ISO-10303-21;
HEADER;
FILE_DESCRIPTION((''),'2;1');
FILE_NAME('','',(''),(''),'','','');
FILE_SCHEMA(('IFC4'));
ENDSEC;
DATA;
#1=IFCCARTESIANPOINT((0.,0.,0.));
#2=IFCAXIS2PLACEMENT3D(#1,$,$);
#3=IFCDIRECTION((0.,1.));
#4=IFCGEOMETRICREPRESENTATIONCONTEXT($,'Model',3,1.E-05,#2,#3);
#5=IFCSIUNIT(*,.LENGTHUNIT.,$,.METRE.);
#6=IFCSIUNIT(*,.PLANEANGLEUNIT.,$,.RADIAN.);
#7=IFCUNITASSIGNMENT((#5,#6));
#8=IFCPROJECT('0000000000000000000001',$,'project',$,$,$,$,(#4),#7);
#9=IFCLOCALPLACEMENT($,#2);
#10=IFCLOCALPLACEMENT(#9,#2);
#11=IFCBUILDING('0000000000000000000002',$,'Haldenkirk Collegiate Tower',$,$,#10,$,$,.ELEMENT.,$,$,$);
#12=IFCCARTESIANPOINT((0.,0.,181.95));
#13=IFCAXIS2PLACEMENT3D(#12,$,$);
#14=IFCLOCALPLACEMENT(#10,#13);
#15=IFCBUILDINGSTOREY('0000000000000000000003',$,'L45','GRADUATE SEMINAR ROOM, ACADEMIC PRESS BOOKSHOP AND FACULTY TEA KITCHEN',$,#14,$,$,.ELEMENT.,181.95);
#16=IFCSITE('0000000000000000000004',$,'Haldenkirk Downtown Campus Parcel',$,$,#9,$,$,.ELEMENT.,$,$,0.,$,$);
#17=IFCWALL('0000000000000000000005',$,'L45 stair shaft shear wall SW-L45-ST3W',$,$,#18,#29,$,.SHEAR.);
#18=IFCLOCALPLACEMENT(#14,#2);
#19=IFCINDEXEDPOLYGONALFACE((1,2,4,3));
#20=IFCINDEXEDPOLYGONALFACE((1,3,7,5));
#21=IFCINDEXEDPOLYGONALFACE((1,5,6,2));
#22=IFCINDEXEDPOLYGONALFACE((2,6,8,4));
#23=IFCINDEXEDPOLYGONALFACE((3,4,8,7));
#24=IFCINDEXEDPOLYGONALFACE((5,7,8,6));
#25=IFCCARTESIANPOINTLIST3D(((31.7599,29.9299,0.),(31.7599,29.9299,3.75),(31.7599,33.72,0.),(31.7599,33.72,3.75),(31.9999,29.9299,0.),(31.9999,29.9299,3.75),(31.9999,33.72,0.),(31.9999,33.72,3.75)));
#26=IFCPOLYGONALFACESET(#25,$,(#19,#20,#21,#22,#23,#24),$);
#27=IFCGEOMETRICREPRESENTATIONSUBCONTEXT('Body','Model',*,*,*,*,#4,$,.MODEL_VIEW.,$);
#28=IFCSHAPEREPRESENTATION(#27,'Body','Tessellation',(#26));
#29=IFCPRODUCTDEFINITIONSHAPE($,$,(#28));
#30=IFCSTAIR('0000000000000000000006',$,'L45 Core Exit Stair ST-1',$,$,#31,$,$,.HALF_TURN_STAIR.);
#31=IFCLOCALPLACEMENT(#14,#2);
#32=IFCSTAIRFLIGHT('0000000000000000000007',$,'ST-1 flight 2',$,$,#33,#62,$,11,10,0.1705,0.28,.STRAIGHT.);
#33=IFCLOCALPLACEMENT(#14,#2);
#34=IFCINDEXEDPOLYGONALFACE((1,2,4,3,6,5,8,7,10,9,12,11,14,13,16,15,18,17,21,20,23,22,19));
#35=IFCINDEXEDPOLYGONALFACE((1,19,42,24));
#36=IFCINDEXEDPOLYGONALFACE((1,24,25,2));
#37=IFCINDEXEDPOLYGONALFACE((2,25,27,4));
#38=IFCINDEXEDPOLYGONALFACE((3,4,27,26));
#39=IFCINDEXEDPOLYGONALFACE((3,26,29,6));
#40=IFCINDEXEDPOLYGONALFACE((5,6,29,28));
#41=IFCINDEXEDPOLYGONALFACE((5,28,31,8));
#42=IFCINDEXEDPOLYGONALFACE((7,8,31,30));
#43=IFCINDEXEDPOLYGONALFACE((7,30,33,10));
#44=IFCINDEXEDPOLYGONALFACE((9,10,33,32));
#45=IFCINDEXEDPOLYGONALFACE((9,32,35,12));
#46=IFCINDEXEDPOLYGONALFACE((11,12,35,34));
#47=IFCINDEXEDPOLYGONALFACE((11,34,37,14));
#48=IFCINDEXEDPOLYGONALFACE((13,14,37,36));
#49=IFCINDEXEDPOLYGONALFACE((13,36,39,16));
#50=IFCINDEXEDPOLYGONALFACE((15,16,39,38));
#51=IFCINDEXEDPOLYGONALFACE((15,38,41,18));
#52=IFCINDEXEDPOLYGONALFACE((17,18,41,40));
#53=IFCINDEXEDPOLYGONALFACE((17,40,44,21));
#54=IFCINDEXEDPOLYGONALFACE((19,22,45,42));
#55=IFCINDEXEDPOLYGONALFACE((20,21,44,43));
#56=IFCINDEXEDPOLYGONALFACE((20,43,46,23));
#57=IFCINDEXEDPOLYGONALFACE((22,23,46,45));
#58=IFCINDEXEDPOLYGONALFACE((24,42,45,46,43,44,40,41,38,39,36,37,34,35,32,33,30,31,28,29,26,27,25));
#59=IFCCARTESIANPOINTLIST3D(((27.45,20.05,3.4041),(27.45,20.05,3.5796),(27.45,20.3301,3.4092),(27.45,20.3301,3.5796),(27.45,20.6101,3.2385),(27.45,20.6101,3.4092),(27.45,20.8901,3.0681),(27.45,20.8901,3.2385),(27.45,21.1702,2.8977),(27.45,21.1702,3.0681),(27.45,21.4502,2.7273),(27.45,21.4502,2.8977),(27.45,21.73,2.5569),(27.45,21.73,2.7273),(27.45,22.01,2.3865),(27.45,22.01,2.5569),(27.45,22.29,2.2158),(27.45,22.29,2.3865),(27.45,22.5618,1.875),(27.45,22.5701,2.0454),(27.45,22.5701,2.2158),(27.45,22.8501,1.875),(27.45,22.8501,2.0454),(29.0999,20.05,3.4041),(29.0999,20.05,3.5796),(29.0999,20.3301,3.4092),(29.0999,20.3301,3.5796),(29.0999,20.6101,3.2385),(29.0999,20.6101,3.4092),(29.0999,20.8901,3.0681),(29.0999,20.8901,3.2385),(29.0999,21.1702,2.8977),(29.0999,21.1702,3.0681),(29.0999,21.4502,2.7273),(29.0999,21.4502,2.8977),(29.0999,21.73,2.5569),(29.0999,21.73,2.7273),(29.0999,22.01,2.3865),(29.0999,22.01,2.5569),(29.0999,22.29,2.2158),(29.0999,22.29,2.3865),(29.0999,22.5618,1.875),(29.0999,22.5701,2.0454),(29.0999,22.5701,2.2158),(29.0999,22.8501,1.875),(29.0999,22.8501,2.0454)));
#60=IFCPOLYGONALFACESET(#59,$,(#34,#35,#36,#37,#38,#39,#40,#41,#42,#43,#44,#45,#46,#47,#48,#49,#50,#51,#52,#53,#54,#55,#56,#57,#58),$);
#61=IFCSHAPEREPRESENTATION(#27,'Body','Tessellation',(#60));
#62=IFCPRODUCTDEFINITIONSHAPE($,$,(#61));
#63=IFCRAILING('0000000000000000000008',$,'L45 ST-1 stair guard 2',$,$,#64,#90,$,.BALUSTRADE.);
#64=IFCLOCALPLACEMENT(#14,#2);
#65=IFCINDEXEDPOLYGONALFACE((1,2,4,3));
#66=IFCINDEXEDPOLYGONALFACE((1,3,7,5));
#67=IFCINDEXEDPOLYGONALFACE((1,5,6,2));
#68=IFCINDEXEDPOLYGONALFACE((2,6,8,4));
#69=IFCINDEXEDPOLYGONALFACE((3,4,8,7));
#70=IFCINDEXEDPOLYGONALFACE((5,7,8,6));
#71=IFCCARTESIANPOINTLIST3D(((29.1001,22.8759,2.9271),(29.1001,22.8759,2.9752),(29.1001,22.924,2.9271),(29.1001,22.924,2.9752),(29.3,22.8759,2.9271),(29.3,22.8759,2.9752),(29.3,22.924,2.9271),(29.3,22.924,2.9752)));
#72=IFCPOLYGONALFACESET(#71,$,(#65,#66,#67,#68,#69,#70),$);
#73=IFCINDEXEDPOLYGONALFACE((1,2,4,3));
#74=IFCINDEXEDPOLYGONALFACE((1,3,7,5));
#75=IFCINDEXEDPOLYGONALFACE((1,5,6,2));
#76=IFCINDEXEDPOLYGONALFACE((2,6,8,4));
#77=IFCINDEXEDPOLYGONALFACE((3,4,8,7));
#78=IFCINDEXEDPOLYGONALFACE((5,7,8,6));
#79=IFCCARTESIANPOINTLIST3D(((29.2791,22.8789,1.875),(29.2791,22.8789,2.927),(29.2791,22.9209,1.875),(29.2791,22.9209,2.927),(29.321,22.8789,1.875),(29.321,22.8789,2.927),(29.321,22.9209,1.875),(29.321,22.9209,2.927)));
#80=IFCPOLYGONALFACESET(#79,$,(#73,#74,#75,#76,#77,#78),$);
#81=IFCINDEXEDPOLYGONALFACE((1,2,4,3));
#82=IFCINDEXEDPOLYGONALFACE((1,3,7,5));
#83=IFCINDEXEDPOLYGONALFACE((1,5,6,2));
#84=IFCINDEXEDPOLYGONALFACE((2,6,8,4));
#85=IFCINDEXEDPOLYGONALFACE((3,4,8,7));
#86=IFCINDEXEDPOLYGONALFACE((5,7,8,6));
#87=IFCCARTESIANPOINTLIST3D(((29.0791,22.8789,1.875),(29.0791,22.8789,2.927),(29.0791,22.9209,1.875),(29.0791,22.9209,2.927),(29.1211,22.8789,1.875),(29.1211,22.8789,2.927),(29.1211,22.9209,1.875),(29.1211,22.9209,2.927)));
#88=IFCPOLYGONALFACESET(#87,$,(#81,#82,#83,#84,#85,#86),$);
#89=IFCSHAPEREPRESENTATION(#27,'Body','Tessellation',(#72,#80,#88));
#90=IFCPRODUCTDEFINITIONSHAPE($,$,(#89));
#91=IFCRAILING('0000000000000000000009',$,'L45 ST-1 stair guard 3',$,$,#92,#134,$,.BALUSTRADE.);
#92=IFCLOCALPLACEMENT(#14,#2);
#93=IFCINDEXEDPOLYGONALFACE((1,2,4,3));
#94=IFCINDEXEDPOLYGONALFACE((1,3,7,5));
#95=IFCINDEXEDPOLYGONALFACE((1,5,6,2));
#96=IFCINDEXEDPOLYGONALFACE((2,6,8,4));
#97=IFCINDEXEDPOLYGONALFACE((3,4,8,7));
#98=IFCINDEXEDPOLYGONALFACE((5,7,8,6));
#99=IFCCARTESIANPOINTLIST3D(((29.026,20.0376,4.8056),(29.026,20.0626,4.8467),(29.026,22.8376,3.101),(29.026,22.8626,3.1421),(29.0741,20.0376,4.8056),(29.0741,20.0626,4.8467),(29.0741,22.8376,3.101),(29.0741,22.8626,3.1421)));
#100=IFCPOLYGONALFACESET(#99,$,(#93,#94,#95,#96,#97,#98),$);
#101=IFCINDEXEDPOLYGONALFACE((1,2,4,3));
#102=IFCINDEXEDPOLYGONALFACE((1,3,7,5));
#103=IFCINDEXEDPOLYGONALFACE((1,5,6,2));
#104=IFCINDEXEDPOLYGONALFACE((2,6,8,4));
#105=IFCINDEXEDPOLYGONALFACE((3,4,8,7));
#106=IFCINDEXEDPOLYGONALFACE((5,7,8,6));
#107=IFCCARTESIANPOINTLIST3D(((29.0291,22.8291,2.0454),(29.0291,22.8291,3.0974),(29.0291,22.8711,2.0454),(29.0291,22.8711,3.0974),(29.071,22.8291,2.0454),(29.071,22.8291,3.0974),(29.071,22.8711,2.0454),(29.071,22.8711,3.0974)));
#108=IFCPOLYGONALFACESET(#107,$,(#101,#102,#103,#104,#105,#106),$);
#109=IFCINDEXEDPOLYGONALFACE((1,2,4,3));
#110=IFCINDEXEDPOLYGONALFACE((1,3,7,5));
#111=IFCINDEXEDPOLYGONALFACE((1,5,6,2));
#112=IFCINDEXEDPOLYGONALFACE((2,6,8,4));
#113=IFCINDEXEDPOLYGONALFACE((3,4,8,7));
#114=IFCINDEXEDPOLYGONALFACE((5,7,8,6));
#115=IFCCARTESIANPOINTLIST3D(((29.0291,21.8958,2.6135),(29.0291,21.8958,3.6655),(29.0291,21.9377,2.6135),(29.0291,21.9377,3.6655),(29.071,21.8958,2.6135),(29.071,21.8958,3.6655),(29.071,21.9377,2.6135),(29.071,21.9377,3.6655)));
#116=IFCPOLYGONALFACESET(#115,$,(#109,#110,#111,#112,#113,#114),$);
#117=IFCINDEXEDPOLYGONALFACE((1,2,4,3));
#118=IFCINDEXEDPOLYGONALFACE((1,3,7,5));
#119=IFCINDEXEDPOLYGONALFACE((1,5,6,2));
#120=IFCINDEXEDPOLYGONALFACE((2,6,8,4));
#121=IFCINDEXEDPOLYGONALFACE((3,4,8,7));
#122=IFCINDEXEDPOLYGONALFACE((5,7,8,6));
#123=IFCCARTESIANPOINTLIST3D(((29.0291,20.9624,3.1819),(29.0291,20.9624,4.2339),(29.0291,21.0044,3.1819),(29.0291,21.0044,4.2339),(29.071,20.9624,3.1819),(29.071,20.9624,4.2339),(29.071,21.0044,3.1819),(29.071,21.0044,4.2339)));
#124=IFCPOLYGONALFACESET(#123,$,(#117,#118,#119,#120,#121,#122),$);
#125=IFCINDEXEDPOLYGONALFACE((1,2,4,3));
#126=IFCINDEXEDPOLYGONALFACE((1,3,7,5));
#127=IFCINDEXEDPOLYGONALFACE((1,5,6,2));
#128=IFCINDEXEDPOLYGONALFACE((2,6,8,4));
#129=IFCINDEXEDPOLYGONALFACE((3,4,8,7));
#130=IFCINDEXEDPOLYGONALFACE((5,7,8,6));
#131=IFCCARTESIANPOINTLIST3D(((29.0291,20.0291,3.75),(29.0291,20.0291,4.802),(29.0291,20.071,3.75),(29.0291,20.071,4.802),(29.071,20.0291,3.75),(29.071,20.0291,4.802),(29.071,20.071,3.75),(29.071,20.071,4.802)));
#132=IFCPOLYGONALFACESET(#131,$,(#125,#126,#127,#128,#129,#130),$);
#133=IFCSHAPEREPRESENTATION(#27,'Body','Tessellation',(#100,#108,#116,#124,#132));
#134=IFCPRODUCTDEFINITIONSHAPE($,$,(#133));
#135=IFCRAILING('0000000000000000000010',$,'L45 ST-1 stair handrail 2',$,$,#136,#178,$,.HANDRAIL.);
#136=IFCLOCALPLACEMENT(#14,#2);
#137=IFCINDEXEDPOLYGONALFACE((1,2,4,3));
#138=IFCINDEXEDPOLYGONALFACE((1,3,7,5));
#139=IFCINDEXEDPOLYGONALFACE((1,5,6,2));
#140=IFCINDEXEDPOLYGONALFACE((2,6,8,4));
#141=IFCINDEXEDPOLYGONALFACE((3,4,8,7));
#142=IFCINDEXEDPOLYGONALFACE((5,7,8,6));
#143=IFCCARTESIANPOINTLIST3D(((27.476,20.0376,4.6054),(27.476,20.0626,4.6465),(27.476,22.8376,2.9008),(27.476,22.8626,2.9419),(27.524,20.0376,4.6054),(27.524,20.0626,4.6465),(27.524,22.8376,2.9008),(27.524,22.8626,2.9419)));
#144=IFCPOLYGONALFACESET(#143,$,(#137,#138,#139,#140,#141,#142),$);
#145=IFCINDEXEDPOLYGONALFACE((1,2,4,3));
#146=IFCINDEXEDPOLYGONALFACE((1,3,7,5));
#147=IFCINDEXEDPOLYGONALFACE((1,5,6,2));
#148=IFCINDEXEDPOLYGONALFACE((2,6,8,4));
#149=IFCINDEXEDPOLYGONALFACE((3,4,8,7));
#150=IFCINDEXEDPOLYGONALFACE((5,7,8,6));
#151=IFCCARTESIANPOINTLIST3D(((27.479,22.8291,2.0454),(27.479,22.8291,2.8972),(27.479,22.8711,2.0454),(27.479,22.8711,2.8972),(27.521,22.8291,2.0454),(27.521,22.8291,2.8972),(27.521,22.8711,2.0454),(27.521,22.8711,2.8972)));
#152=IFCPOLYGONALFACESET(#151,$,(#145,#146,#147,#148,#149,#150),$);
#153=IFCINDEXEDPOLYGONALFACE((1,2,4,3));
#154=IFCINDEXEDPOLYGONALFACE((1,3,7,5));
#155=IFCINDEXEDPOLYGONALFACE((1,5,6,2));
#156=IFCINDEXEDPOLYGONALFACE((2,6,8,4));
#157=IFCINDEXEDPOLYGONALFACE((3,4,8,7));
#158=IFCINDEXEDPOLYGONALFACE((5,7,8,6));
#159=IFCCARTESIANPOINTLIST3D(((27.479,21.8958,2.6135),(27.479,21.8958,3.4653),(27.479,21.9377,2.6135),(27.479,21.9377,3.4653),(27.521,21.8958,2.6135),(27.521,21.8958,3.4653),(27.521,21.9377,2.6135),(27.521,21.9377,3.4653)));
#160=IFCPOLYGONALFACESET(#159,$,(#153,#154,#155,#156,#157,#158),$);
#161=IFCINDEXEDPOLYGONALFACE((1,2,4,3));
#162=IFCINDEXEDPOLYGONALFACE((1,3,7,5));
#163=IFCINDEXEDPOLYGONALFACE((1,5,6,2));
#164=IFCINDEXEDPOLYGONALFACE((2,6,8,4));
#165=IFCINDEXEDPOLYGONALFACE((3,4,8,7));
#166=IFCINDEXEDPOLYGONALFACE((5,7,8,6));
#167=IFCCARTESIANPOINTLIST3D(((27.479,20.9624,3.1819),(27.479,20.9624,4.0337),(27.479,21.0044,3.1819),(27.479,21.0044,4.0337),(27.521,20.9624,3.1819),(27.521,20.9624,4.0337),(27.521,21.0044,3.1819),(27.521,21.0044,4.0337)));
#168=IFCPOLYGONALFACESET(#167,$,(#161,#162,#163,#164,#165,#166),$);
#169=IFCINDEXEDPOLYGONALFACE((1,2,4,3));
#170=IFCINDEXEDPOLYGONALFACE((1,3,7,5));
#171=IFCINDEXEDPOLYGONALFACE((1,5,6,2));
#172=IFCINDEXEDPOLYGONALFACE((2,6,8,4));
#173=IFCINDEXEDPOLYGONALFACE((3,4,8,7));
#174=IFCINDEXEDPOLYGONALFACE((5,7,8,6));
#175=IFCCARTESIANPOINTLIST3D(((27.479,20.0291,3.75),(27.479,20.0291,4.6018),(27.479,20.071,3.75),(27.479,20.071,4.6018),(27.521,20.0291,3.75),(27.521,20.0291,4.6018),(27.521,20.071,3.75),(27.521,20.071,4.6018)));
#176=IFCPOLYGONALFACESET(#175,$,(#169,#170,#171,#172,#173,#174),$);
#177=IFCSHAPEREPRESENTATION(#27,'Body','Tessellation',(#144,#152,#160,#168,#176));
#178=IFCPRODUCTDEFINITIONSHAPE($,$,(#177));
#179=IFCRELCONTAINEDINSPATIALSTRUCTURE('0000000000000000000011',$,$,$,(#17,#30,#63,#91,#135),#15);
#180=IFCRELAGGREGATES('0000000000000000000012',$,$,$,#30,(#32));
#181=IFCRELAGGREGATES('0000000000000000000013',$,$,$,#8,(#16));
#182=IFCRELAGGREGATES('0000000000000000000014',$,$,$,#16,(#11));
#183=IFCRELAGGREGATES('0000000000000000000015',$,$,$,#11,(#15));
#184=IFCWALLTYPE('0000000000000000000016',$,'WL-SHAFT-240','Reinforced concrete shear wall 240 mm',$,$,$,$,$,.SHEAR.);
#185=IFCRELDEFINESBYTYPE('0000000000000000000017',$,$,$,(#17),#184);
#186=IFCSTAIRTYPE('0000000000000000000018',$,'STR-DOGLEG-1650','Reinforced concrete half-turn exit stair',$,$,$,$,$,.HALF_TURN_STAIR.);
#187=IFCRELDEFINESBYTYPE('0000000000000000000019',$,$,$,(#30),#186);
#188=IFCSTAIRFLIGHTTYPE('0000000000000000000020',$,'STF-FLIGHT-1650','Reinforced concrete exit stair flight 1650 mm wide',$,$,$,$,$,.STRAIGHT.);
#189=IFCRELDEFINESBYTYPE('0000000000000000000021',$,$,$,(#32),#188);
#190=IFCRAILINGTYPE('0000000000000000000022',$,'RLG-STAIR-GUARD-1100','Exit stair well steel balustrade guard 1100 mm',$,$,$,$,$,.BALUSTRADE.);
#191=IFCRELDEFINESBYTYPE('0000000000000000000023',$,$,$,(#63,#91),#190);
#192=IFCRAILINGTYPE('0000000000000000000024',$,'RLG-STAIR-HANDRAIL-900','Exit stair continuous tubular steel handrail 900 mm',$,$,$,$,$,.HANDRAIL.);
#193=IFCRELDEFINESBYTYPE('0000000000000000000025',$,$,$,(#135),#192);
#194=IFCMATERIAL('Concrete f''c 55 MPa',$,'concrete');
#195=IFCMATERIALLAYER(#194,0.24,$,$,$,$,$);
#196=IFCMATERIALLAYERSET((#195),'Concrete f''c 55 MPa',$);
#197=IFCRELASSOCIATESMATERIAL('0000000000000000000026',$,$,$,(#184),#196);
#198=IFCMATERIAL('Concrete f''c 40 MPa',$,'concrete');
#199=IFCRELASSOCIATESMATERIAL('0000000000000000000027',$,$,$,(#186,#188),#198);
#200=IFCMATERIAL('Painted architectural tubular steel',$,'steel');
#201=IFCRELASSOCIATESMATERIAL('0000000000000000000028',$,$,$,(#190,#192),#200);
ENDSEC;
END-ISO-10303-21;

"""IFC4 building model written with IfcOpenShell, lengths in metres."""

from ifc_helpers import new_model, si_unit, direction, frame, frame_2d, origin, origin_2d, place, context, subcontext, project, spatial, polyline, rectangle, outline, extrude, material, layer, layer_set, type_object, element, aggregate, save


model = new_model("IFC4")

# Units and contexts
model_context = context("Model", 3, precision=1e-05, world=origin(), true_north=direction((0.0, 1.0)))
body_context = subcontext(model_context, "Body", "Model", "MODEL_VIEW")
ifc_project = project(units=[si_unit("LENGTHUNIT", "METRE"), si_unit("PLANEANGLEUNIT", "RADIAN")], contexts=[model_context])

# Site, building, storey
site_placement = place(None, origin())
site = spatial("IfcSite", under=ifc_project, at=site_placement, Name="Haldenkirk Downtown Campus Parcel", CompositionType="ELEMENT", RefElevation=0.0)
building_placement = place(site_placement, origin())
building = spatial("IfcBuilding", under=site, at=building_placement, Name="Haldenkirk Collegiate Tower", CompositionType="ELEMENT")
storey_placement = place(building_placement, frame((0.0, 0.0, 181.95)))
storey = spatial("IfcBuildingStorey", under=building, at=storey_placement, Name="L45", Description="GRADUATE SEMINAR ROOM, ACADEMIC PRESS BOOKSHOP AND FACULTY TEA KITCHEN", CompositionType="ELEMENT", Elevation=181.95)

# Shared definitions
ifc_material_1 = material(Name="Concrete f'c 55 MPa", Category="concrete")

# Shared definitions
ifc_layer_1 = layer(ifc_material_1, 0.24)
ifc_layer_set_1 = layer_set([ifc_layer_1], Name="Concrete f'c 55 MPa")
wall_type_1 = type_object("IfcWallType", Name="WL-SHAFT-240", Description="Reinforced concrete shear wall 240 mm", PredefinedType="SHEAR", material=ifc_layer_set_1)

# Wall
wall_1_placement = place(storey_placement, frame((31.8799, 29.9299, 0.0), z_axis=(0.0, 0.0, 1.0), x_axis=(0.0, 1.0, 0.0)))
element("IfcWall", 1, at=wall_1_placement, inside=storey, type_object=wall_type_1, Name="L45 stair shaft shear wall SW-L45-ST3W", PredefinedType="SHEAR", context=body_context, shape_type="SweptSolid", body=[
    extrude(rectangle(XDim=3.79, YDim=0.24, at=frame_2d((1.895, 0.0))), origin(), (0.0, 0.0, 1.0), 3.75),
])

# Stair, stair flight
ifc_material_2 = material(Name="Concrete f'c 40 MPa", Category="concrete")
stair_type = type_object("IfcStairType", Name="STR-DOGLEG-1650", Description="Reinforced concrete half-turn exit stair", PredefinedType="HALF_TURN_STAIR", material=ifc_material_2)
stair_placement = place(storey_placement, origin())
stair = element("IfcStair", 2, at=stair_placement, inside=storey, type_object=stair_type, Name="L45 Core Exit Stair ST-1", PredefinedType="HALF_TURN_STAIR")
stair_flight_type = type_object("IfcStairFlightType", Name="STF-FLIGHT-1650", Description="Reinforced concrete exit stair flight 1650 mm wide", PredefinedType="STRAIGHT", material=ifc_material_2)
stair_flight_placement = place(storey_placement, frame((28.2749, 22.8501, 1.875), z_axis=(0.0, 0.0, 1.0), x_axis=(0.0, -1.0, 0.0)))
stair_flight = element("IfcStairFlight", 3, at=stair_flight_placement, type_object=stair_flight_type, Name="ST-1 flight 2", NumberOfRisers=11, NumberOfTreads=10, PredefinedType="STRAIGHT", RiserHeight=0.1705, TreadLength=0.28, context=body_context, shape_type="SweptSolid", body=[
    extrude(outline(polyline([(0.0, 0.0), (0.0, 0.1704), (0.28, 0.1704), (0.28, 0.3408), (0.5601, 0.3408), (0.5601, 0.5115), (0.8401, 0.5115), (0.8401, 0.6819), (1.1201, 0.6819), (1.1201, 0.8523), (1.3999, 0.8523), (1.3999, 1.0227), (1.6799, 1.0227), (1.6799, 1.1931), (1.96, 1.1931), (1.96, 1.3635), (2.24, 1.3635), (2.24, 1.5342), (2.52, 1.5342), (2.52, 1.7046), (2.8, 1.7046), (2.8, 1.875), (2.8, 1.5291), (0.2883, 0.0), (0.0, 0.0)])), frame((0.0, 0.825, 0.0), z_axis=(0.0, -1.0, 0.0), x_axis=(1.0, 0.0, 0.0)), (0.0, 0.0, 1.0), 1.6499),
])
aggregate(stair, [stair_flight])

# Railings
ifc_material_3 = material(Name="Painted architectural tubular steel", Category="steel")
railing_type_1 = type_object("IfcRailingType", Name="RLG-STAIR-GUARD-1100", Description="Exit stair well steel balustrade guard 1100 mm", PredefinedType="BALUSTRADE", material=ifc_material_3)
railing_1_placement = place(storey_placement, frame((29.3, 22.8999, 1.875)))
element("IfcRailing", 4, at=railing_1_placement, inside=storey, type_object=railing_type_1, Name="L45 ST-1 stair guard 2", PredefinedType="BALUSTRADE", context=body_context, shape_type="SweptSolid", body=[
    extrude(rectangle(XDim=0.0481, YDim=0.0481, at=origin_2d()), frame((0.0, 0.0, 1.0762), z_axis=(-1.0, 0.0, 0.0), x_axis=(0.0, -1.0, 0.0)), (0.0, 0.0, 1.0), 0.2),
    extrude(rectangle(XDim=0.042, YDim=0.042, at=origin_2d()), origin(), (0.0, 0.0, 1.0), 1.052),
    extrude(rectangle(XDim=0.042, YDim=0.042, at=origin_2d()), frame((-0.2, 0.0, 0.0)), (0.0, 0.0, 1.0), 1.052),
])
railing_2_placement = place(storey_placement, frame((29.05, 22.8501, 2.0454)))
element("IfcRailing", 5, at=railing_2_placement, inside=storey, type_object=railing_type_1, Name="L45 ST-1 stair guard 3", PredefinedType="BALUSTRADE", context=body_context, shape_type="SweptSolid", body=[
    extrude(rectangle(XDim=0.0481, YDim=0.0481, at=origin_2d()), frame((0.0, 0.0, 1.0762), z_axis=(0.0, -0.85417, 0.519994), x_axis=(1.0, 0.0, 0.0)), (0.0, 0.0, 1.0), 3.2781),
    extrude(rectangle(XDim=0.042, YDim=0.042, at=origin_2d()), origin(), (0.0, 0.0, 1.0), 1.052),
    extrude(rectangle(XDim=0.042, YDim=0.042, at=origin_2d()), frame((0.0, -0.9333, 0.5681)), (0.0, 0.0, 1.0), 1.052),
    extrude(rectangle(XDim=0.042, YDim=0.042, at=origin_2d()), frame((0.0, -1.8667, 1.1365)), (0.0, 0.0, 1.0), 1.052),
    extrude(rectangle(XDim=0.042, YDim=0.042, at=origin_2d()), frame((0.0, -2.8, 1.7046)), (0.0, 0.0, 1.0), 1.052),
])
railing_type_2 = type_object("IfcRailingType", Name="RLG-STAIR-HANDRAIL-900", Description="Exit stair continuous tubular steel handrail 900 mm", PredefinedType="HANDRAIL", material=ifc_material_3)
railing_3_placement = place(storey_placement, frame((27.5, 22.8501, 2.0454)))
element("IfcRailing", 6, at=railing_3_placement, inside=storey, type_object=railing_type_2, Name="L45 ST-1 stair handrail 2", PredefinedType="HANDRAIL", context=body_context, shape_type="SweptSolid", body=[
    extrude(rectangle(XDim=0.0481, YDim=0.0481, at=origin_2d()), frame((0.0, 0.0, 0.876), z_axis=(0.0, -0.85417, 0.519994), x_axis=(1.0, 0.0, 0.0)), (0.0, 0.0, 1.0), 3.2781),
    extrude(rectangle(XDim=0.042, YDim=0.042, at=origin_2d()), origin(), (0.0, 0.0, 1.0), 0.8518),
    extrude(rectangle(XDim=0.042, YDim=0.042, at=origin_2d()), frame((0.0, -0.9333, 0.5681)), (0.0, 0.0, 1.0), 0.8518),
    extrude(rectangle(XDim=0.042, YDim=0.042, at=origin_2d()), frame((0.0, -1.8667, 1.1365)), (0.0, 0.0, 1.0), 0.8518),
    extrude(rectangle(XDim=0.042, YDim=0.042, at=origin_2d()), frame((0.0, -2.8, 1.7046)), (0.0, 0.0, 1.0), 0.8518),
])

save(model, "model.ifc")
